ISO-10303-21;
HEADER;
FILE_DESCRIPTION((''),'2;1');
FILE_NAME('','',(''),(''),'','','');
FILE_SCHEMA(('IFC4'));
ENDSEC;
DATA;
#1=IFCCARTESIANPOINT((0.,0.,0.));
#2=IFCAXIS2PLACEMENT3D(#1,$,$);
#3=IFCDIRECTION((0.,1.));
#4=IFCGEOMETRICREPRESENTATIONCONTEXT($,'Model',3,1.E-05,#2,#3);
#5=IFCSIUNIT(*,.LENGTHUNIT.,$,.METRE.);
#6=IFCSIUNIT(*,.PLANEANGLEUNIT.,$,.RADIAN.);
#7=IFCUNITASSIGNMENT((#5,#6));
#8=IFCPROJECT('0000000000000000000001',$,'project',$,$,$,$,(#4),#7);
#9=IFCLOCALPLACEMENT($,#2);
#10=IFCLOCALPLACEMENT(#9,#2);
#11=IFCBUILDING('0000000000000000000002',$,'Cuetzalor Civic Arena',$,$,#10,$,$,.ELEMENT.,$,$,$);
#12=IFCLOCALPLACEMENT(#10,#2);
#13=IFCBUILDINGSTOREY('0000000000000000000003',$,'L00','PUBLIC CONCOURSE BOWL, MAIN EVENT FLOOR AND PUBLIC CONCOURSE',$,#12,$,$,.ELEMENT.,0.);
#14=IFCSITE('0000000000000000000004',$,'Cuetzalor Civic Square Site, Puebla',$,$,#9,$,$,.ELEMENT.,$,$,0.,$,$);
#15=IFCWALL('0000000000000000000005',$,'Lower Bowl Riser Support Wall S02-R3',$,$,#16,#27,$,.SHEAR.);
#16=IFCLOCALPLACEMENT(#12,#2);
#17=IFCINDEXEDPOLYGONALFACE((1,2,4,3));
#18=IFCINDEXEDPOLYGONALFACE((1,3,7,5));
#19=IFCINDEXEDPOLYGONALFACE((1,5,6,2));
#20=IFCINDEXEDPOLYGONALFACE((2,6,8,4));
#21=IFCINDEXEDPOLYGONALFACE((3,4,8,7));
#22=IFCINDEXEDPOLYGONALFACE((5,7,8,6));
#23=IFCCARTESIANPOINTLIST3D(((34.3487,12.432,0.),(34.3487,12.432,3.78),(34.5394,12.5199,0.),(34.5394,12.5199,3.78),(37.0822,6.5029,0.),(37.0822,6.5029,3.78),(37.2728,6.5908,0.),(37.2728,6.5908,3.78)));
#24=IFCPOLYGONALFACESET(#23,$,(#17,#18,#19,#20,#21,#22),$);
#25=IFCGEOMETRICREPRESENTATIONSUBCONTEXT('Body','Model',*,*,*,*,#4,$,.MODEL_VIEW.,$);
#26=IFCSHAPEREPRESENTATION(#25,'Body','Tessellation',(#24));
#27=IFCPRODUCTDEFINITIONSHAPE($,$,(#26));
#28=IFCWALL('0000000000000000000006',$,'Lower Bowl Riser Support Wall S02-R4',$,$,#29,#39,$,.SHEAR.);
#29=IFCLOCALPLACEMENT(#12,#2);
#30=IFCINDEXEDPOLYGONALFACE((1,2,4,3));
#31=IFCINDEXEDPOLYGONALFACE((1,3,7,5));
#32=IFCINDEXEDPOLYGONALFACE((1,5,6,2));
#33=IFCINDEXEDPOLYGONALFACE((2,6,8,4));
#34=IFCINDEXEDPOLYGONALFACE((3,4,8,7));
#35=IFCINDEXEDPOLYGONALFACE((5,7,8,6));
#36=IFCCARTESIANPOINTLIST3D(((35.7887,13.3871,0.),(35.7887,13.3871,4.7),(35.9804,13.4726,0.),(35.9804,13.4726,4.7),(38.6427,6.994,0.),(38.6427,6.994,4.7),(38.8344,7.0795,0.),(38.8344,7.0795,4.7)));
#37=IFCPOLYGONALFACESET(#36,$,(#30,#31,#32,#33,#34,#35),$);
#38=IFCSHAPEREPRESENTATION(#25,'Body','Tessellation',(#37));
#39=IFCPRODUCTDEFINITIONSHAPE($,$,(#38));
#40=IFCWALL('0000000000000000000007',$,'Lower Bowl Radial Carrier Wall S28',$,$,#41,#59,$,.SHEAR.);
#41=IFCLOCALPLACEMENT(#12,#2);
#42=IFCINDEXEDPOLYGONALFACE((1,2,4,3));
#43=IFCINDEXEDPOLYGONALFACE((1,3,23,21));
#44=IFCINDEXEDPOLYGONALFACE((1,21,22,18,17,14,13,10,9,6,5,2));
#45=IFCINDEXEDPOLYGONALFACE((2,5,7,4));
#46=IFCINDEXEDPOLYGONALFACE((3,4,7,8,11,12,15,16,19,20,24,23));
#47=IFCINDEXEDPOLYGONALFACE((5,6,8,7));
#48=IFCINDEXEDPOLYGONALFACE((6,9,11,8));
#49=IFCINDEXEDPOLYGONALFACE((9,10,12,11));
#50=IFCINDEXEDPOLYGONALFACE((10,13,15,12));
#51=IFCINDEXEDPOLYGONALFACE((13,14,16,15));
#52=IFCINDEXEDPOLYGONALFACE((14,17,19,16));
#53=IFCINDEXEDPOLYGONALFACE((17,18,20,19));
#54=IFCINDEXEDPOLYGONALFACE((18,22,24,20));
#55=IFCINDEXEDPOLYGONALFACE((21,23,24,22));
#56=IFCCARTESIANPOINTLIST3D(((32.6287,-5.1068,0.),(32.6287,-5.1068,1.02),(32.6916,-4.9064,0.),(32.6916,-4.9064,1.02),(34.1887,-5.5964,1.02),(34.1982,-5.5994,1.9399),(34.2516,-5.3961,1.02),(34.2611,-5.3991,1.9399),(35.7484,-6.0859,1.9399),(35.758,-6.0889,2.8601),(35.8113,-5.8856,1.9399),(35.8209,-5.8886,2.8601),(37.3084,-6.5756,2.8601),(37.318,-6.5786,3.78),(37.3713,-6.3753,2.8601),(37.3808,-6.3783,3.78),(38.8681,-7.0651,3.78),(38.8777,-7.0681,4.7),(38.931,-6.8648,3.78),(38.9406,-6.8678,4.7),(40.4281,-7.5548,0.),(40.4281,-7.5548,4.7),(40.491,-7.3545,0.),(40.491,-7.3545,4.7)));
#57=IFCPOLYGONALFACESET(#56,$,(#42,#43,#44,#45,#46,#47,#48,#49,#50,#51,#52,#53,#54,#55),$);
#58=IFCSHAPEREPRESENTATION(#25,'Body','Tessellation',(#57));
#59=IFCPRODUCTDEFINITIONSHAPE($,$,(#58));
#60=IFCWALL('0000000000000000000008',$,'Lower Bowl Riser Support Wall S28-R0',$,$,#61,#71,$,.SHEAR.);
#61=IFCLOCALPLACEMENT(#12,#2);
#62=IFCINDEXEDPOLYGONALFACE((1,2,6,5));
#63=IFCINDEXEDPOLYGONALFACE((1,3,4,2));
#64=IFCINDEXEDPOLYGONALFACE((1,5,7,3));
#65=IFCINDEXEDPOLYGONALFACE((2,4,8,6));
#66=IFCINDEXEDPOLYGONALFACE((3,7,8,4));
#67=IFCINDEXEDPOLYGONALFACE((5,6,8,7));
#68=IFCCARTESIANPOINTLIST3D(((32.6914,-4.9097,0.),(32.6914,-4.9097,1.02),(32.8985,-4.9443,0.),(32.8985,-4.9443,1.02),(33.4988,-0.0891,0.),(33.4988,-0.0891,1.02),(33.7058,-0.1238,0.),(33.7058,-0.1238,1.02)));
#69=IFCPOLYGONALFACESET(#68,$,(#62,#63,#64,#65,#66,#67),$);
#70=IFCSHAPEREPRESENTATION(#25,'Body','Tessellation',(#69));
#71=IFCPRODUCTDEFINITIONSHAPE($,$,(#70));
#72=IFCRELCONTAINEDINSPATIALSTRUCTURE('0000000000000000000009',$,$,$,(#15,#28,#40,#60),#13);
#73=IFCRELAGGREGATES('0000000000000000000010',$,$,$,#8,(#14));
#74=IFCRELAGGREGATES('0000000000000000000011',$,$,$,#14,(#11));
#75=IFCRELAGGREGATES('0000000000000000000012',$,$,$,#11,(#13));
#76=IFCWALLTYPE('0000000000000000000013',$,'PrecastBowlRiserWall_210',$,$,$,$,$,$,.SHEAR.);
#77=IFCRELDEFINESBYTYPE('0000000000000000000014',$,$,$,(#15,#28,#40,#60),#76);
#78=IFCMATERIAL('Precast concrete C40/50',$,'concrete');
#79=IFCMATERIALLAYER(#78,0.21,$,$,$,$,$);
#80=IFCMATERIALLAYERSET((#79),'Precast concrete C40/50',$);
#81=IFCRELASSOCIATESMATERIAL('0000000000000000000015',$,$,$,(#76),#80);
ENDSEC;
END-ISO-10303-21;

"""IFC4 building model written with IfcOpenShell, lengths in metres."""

from ifc_helpers import new_model, si_unit, direction, frame, frame_2d, origin, place, context, subcontext, project, spatial, polyline, rectangle, outline, extrude, material, layer, layer_set, type_object, element, save


model = new_model("IFC4")

# Units and contexts
model_context = context("Model", 3, precision=1e-05, world=origin(), true_north=direction((0.0, 1.0)))
body_context = subcontext(model_context, "Body", "Model", "MODEL_VIEW")
ifc_project = project(units=[si_unit("LENGTHUNIT", "METRE"), si_unit("PLANEANGLEUNIT", "RADIAN")], contexts=[model_context])

# Site, building, storey
site_placement = place(None, origin())
site = spatial("IfcSite", under=ifc_project, at=site_placement, Name="Cuetzalor Civic Square Site, Puebla", CompositionType="ELEMENT", RefElevation=0.0)
building_placement = place(site_placement, origin())
building = spatial("IfcBuilding", under=site, at=building_placement, Name="Cuetzalor Civic Arena", CompositionType="ELEMENT")
storey_placement = place(building_placement, origin())
storey = spatial("IfcBuildingStorey", under=building, at=storey_placement, Name="L00", Description="PUBLIC CONCOURSE BOWL, MAIN EVENT FLOOR AND PUBLIC CONCOURSE", CompositionType="ELEMENT", Elevation=0.0)

# Walls
ifc_material_1 = material(Name="Precast concrete C40/50", Category="concrete")
ifc_layer = layer(ifc_material_1, 0.21)
ifc_layer_set = layer_set([ifc_layer], Name="Precast concrete C40/50")
wall_type = type_object("IfcWallType", Name="PrecastBowlRiserWall_210", PredefinedType="SHEAR", material=ifc_layer_set)
wall_1_placement = place(storey_placement, frame((37.1775, 6.5469, 0.0), z_axis=(0.0, 0.0, 1.0), x_axis=(-0.418674, 0.908137, 0.0)))
element("IfcWall", 1, at=wall_1_placement, inside=storey, type_object=wall_type, Name="Lower Bowl Riser Support Wall S02-R3", PredefinedType="SHEAR", context=body_context, shape_type="SweptSolid", body=[
    extrude(rectangle(XDim=6.5288, YDim=0.21, at=frame_2d((3.2644, 0.0))), origin(), (0.0, 0.0, 1.0), 3.78),
])
wall_2_placement = place(storey_placement, frame((38.7385, 7.0369, 0.0), z_axis=(0.0, 0.0, 1.0), x_axis=(-0.407646, 0.91314, 0.0)))
element("IfcWall", 2, at=wall_2_placement, inside=storey, type_object=wall_type, Name="Lower Bowl Riser Support Wall S02-R4", PredefinedType="SHEAR", context=body_context, shape_type="SweptSolid", body=[
    extrude(rectangle(XDim=7.0012, YDim=0.21, at=frame_2d((3.5005, 0.0))), origin(), (0.0, 0.0, 1.0), 4.7),
])
wall_3_placement = place(storey_placement, frame((32.6602, -5.0066, 0.0), z_axis=(0.0, 0.0, 1.0), x_axis=(0.954106, -0.299469, 0.0)))
element("IfcWall", 3, at=wall_3_placement, inside=storey, type_object=wall_type, Name="Lower Bowl Radial Carrier Wall S28", PredefinedType="SHEAR", context=body_context, shape_type="SweptSolid", body=[
    extrude(outline(polyline([(0.0, 0.0), (8.1746, 0.0), (8.1746, 4.7), (6.5496, 4.7), (6.5396, 3.78), (4.9148, 3.78), (4.9048, 2.8601), (3.2798, 2.8601), (3.2698, 1.9399), (1.645, 1.9399), (1.635, 1.02), (0.0, 1.02), (0.0, 0.0)])), frame((0.0, 0.105, 0.0), z_axis=(0.0, -1.0, 0.0), x_axis=(1.0, 0.0, 0.0)), (0.0, 0.0, 1.0), 0.21),
])
wall_4_placement = place(storey_placement, frame((32.7949, -4.927, 0.0), z_axis=(0.0, 0.0, 1.0), x_axis=(0.165185, 0.986263, 0.0)))
element("IfcWall", 4, at=wall_4_placement, inside=storey, type_object=wall_type, Name="Lower Bowl Riser Support Wall S28-R0", PredefinedType="SHEAR", context=body_context, shape_type="SweptSolid", body=[
    extrude(rectangle(XDim=4.8877, YDim=0.21, at=frame_2d((2.4438, 0.0))), origin(), (0.0, 0.0, 1.0), 1.02),
])

save(model, "model.ifc")
